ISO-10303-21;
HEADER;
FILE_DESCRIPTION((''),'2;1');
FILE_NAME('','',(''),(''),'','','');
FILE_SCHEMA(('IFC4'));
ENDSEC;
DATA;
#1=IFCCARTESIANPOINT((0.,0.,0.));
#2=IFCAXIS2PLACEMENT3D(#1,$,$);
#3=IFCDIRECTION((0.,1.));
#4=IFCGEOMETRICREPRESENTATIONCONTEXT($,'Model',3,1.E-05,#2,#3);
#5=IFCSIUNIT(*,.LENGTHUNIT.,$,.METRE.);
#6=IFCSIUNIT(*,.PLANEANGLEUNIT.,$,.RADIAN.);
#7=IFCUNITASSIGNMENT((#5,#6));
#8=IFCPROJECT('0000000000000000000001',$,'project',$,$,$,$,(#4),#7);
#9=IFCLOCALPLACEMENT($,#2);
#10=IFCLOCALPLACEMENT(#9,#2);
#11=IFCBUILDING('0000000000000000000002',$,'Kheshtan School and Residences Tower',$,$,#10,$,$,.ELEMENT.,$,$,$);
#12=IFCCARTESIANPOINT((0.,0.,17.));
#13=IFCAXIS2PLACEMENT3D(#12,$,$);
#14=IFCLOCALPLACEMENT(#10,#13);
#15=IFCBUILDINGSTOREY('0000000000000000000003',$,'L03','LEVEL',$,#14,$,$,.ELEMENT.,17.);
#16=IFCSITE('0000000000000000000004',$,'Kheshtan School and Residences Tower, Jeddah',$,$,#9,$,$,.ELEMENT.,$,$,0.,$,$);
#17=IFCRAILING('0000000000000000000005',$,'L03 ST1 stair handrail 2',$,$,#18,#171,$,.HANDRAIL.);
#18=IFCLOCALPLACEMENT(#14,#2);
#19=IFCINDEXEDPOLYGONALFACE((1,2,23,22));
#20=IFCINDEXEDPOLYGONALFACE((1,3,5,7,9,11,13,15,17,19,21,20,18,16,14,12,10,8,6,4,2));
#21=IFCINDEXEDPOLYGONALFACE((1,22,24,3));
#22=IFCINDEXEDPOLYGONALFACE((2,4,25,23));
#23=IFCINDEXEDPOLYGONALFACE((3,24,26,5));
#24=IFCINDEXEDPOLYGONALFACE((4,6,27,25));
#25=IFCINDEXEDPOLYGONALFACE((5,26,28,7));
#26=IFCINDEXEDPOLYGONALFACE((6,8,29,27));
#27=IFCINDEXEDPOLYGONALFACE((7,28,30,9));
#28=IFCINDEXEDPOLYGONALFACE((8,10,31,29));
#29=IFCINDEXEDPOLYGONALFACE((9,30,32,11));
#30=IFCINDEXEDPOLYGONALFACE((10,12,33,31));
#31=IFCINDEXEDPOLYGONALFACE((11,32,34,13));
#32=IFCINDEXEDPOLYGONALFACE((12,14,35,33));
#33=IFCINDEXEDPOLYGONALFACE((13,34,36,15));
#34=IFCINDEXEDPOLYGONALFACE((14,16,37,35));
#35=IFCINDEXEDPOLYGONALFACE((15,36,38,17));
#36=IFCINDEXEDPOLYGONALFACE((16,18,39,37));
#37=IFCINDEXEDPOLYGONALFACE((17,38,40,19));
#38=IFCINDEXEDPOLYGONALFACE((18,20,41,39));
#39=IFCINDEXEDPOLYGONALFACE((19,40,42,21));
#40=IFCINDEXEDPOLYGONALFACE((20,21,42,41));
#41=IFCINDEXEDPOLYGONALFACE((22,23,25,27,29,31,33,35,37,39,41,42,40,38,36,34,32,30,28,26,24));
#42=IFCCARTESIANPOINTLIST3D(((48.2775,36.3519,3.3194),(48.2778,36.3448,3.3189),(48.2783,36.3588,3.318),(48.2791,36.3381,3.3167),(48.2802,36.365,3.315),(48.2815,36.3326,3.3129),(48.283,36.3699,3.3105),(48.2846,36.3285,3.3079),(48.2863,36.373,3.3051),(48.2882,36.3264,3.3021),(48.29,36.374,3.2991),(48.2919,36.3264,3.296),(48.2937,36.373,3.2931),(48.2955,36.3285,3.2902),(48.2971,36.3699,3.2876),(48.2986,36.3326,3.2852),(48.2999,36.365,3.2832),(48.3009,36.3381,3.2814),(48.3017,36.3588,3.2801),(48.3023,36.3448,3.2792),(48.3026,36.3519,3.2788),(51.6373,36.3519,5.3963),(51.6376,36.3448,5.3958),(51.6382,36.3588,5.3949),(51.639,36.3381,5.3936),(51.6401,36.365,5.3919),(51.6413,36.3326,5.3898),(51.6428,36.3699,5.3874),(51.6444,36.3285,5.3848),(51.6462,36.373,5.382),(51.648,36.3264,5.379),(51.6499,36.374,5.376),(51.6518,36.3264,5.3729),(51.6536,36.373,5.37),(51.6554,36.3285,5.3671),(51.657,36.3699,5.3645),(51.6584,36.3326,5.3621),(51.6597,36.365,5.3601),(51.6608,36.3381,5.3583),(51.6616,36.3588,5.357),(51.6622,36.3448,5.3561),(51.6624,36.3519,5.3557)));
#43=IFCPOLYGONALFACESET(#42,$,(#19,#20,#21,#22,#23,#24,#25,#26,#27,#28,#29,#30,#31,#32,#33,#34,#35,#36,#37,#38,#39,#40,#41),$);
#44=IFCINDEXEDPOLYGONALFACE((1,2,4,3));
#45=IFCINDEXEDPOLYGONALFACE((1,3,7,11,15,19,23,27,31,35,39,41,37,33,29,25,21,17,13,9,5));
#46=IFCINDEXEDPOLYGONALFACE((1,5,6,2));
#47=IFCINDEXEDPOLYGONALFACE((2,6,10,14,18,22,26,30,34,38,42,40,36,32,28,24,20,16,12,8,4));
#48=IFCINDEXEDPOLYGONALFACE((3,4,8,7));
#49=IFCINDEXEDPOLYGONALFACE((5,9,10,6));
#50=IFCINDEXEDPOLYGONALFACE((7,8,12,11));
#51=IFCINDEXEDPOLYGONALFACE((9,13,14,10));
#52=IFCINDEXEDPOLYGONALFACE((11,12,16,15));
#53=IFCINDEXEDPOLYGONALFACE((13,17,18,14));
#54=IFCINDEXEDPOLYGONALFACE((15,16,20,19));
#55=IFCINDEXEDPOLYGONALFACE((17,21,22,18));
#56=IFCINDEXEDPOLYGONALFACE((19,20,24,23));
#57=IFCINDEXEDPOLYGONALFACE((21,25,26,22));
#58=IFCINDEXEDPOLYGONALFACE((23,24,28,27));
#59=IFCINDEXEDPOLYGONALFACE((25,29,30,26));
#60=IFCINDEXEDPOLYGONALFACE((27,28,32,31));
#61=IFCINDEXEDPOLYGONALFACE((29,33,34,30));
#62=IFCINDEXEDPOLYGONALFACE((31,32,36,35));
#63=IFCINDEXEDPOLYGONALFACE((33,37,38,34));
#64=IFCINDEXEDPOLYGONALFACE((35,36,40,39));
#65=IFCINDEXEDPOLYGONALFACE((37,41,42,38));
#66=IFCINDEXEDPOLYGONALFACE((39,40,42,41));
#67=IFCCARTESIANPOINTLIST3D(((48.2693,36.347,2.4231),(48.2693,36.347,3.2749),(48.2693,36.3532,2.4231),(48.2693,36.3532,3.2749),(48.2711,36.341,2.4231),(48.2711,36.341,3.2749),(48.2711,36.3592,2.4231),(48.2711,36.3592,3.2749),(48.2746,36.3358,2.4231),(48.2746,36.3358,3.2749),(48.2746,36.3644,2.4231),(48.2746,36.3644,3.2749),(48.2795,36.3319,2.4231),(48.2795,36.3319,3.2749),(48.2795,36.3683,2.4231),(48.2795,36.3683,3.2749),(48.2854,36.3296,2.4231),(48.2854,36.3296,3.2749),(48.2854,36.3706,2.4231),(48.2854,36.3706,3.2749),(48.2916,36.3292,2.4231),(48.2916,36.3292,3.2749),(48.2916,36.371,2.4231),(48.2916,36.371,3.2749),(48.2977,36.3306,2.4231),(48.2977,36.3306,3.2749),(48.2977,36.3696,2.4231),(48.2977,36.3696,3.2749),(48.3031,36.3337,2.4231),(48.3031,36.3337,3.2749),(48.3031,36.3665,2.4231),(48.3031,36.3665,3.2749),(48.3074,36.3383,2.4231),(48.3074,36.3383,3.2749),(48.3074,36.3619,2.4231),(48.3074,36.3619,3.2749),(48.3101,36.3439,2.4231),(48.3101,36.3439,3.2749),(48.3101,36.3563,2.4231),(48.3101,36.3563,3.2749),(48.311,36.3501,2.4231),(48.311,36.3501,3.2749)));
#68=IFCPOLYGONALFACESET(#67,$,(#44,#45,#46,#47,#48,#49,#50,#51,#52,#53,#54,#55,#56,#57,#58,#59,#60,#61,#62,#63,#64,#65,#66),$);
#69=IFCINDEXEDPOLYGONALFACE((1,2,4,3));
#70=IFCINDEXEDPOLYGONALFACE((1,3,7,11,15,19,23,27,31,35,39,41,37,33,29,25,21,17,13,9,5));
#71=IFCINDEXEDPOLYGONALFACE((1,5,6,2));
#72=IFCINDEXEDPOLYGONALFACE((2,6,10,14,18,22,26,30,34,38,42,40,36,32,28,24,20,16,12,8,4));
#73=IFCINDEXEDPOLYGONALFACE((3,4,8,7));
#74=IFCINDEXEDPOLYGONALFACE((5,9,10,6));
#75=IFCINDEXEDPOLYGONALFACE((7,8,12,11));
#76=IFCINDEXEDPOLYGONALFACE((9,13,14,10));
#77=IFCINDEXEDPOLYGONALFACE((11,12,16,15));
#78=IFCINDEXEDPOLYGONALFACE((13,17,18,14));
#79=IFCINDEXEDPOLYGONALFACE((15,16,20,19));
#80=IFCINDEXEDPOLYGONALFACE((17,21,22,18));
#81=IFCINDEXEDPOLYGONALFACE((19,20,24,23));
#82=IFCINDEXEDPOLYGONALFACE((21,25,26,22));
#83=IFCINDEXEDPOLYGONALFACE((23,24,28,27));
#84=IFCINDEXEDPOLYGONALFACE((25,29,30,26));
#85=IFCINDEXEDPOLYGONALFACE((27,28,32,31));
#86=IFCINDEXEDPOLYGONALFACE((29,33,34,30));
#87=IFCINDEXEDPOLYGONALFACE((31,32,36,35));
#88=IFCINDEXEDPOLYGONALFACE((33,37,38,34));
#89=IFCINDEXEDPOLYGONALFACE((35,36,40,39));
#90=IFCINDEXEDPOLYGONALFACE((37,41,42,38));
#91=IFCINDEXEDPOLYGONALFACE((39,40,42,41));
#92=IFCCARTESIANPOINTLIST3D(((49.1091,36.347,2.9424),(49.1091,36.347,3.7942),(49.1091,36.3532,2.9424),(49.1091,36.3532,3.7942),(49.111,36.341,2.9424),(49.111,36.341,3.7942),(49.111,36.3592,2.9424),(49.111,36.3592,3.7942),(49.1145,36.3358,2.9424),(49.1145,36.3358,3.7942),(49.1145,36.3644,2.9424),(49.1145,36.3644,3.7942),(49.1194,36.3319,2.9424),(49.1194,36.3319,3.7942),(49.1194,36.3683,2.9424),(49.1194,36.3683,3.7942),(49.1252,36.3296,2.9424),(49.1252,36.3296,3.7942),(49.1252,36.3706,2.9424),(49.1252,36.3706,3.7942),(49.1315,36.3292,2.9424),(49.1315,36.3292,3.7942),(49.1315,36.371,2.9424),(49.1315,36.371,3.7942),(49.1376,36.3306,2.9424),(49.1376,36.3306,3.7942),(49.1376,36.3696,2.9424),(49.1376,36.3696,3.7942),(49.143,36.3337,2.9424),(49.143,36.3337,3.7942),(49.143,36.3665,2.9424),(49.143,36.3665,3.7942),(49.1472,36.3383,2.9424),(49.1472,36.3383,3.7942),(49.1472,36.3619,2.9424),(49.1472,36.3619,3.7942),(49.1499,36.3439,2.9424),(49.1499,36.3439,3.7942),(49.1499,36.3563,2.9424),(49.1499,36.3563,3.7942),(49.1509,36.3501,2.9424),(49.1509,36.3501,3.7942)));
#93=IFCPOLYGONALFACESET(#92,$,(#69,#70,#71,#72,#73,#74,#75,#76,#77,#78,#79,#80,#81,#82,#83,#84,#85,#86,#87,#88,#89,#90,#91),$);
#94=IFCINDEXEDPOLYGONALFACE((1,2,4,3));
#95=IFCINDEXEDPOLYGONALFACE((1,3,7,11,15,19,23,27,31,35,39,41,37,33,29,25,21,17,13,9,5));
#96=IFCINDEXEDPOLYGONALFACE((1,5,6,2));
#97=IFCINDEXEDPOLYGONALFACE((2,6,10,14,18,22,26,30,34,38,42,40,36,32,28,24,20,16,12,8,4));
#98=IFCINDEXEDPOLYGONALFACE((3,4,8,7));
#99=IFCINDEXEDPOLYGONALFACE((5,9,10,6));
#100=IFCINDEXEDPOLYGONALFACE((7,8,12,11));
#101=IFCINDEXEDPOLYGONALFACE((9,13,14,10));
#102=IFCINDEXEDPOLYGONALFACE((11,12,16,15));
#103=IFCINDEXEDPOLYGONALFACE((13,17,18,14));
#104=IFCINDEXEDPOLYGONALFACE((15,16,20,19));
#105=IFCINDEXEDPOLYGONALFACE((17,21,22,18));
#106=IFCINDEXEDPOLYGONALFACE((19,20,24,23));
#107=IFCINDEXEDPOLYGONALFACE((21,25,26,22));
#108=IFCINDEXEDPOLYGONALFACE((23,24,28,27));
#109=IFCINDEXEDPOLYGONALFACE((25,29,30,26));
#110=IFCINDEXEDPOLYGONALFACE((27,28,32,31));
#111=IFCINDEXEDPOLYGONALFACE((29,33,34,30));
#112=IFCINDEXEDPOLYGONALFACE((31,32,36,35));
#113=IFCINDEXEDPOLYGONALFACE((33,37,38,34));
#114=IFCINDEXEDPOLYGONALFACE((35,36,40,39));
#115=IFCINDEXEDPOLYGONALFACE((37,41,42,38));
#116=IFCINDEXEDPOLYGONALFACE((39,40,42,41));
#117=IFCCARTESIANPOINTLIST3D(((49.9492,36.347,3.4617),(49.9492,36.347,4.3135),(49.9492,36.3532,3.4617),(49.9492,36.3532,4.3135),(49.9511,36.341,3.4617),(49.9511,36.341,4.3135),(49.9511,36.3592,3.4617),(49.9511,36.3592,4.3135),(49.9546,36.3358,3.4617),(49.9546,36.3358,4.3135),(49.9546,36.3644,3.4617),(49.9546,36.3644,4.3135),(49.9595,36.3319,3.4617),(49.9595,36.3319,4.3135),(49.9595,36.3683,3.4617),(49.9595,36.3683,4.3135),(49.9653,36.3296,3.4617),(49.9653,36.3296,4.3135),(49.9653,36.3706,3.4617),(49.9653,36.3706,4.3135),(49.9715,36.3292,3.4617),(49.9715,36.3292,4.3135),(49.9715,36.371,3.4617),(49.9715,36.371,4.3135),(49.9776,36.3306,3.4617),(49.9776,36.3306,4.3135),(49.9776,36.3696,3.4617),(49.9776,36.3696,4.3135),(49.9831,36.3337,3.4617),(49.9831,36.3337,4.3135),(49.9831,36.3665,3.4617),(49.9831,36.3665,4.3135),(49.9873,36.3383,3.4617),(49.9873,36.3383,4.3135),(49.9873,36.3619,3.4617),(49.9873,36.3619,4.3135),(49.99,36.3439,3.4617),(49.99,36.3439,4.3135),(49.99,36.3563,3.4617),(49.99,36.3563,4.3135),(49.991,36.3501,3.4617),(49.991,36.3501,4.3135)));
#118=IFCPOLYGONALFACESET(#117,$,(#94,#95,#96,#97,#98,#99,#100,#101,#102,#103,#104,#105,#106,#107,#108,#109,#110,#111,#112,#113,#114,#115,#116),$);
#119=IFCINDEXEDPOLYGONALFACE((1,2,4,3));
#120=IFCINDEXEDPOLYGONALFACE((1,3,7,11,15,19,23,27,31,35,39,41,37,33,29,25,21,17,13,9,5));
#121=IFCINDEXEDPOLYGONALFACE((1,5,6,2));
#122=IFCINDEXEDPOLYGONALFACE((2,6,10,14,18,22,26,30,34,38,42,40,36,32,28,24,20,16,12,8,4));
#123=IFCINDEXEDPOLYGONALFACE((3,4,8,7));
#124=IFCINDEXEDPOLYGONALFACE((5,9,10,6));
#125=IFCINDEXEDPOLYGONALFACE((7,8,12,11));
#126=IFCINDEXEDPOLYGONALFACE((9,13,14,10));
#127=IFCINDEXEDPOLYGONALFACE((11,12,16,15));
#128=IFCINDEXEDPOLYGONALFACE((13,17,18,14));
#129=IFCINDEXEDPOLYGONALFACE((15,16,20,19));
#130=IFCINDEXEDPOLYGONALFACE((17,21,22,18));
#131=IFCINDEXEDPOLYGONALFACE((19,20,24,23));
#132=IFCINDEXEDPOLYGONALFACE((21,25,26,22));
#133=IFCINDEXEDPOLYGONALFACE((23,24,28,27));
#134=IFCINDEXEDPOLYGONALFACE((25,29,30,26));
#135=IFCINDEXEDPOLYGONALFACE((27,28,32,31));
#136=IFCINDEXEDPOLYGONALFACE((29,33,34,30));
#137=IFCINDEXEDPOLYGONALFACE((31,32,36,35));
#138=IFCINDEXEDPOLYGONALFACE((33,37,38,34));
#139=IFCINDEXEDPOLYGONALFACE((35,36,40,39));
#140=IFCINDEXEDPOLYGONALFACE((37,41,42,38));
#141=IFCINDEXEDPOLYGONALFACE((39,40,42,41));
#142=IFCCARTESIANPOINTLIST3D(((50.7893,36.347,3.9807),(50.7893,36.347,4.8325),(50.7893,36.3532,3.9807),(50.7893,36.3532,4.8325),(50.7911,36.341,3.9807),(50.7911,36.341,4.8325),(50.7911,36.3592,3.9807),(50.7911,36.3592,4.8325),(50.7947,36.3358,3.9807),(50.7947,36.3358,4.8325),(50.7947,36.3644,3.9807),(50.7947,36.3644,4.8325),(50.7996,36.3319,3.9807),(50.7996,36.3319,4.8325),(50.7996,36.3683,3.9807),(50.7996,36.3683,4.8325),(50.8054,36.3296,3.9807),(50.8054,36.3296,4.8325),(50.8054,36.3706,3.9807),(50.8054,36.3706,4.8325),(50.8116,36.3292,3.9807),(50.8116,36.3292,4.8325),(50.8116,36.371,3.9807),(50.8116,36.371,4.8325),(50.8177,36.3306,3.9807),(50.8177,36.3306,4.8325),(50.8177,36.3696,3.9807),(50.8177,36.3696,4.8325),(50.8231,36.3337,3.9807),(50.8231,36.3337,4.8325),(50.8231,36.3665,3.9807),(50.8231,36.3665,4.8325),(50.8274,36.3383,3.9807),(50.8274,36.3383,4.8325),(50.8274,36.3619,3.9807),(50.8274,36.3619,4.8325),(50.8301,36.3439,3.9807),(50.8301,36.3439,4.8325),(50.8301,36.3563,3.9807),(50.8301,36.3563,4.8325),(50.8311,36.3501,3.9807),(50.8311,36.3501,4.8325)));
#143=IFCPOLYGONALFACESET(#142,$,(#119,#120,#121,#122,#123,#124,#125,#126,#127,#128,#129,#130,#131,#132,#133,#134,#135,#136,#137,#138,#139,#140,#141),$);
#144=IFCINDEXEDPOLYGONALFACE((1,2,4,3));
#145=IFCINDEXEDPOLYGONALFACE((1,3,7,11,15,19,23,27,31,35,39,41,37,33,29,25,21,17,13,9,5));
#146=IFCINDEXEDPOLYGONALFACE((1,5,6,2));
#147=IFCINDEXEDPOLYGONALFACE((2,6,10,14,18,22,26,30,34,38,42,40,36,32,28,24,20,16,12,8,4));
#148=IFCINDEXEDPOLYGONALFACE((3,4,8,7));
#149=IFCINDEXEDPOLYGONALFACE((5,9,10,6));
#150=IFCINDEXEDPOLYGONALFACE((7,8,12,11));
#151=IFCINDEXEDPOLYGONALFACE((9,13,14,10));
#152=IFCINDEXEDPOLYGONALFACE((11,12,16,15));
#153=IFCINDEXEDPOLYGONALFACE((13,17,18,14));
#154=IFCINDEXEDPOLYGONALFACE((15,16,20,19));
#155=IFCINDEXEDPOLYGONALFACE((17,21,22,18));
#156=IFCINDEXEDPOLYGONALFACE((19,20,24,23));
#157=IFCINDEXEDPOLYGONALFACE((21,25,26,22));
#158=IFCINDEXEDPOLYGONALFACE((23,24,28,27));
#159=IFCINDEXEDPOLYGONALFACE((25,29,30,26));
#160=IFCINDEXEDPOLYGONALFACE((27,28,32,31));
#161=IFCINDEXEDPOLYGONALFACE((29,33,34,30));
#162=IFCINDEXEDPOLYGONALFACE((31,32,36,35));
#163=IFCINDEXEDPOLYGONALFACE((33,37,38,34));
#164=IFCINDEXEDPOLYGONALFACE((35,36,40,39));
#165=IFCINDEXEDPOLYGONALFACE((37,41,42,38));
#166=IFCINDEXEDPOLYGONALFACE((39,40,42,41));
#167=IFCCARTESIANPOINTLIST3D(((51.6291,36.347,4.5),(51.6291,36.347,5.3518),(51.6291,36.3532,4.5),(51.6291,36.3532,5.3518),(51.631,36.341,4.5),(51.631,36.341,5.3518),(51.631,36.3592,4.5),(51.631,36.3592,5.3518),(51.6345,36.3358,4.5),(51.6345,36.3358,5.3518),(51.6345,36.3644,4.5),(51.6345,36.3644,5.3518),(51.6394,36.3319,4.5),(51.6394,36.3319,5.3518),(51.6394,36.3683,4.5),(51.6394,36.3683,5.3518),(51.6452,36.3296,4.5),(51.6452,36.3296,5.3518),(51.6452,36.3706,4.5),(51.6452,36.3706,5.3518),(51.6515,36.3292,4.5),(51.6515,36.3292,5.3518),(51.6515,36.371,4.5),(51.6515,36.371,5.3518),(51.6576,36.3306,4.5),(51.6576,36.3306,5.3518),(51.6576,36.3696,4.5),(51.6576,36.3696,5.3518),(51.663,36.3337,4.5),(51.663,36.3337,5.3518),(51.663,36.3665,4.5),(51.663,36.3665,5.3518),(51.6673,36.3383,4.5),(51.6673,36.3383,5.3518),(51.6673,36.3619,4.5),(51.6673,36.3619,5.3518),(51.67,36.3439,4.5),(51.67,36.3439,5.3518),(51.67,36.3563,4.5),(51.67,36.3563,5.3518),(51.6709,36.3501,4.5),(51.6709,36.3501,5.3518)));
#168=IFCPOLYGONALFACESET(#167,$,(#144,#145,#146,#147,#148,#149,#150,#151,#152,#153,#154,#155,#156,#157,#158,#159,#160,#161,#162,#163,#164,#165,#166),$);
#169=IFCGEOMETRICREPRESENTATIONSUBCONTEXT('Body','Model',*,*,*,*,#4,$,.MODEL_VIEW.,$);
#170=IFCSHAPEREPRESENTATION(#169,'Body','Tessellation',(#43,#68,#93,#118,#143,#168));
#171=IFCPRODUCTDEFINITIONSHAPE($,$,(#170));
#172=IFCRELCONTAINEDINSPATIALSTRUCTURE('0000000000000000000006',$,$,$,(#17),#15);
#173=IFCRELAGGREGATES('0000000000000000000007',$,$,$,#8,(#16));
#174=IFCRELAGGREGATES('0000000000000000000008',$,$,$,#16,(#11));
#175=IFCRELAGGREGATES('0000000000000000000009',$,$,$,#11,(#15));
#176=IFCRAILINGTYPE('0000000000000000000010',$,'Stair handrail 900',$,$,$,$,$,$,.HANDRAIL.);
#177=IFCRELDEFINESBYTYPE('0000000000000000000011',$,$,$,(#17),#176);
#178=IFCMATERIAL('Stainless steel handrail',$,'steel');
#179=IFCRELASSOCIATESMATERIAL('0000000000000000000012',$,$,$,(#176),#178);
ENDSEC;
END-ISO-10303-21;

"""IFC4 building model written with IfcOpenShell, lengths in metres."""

from ifc_helpers import new_model, si_unit, direction, frame, origin, origin_2d, place, context, subcontext, project, spatial, circle, extrude, material, type_object, element, save


model = new_model("IFC4")

# Units and contexts
model_context = context("Model", 3, precision=1e-05, world=origin(), true_north=direction((0.0, 1.0)))
body_context = subcontext(model_context, "Body", "Model", "MODEL_VIEW")
ifc_project = project(units=[si_unit("LENGTHUNIT", "METRE"), si_unit("PLANEANGLEUNIT", "RADIAN")], contexts=[model_context])

# Site, building, storey
site_placement = place(None, origin())
site = spatial("IfcSite", under=ifc_project, at=site_placement, Name="Kheshtan School and Residences Tower, Jeddah", CompositionType="ELEMENT", RefElevation=0.0)
building_placement = place(site_placement, origin())
building = spatial("IfcBuilding", under=site, at=building_placement, Name="Kheshtan School and Residences Tower", CompositionType="ELEMENT")
storey_placement = place(building_placement, frame((0.0, 0.0, 17.0)))
storey = spatial("IfcBuildingStorey", under=building, at=storey_placement, Name="L03", Description="LEVEL", CompositionType="ELEMENT", Elevation=17.0)

# Railing
ifc_material_1 = material(Name="Stainless steel handrail", Category="steel")
railing_type_1 = type_object("IfcRailingType", Name="Stair handrail 900", PredefinedType="HANDRAIL", material=ifc_material_1)
railing_1_placement = place(storey_placement, frame((48.29, 36.3501, 2.4231)))
element("IfcRailing", 1, at=railing_1_placement, inside=storey, type_object=railing_type_1, Name="L03 ST1 stair handrail 2", PredefinedType="HANDRAIL", context=body_context, shape_type="SweptSolid", body=[
    extrude(circle(Radius=0.0239, at=origin_2d()), frame((0.0, 0.0, 0.876), z_axis=(0.850606, 0.0, 0.525803), x_axis=(0.0, 1.0, 0.0)), (0.0, 0.0, 1.0), 3.95),
    extrude(circle(Radius=0.021, at=origin_2d()), origin(), (0.0, 0.0, 1.0), 0.8518),
    extrude(circle(Radius=0.021, at=origin_2d()), frame((0.8398, 0.0, 0.5193)), (0.0, 0.0, 1.0), 0.8518),
    extrude(circle(Radius=0.021, at=origin_2d()), frame((1.6799, 0.0, 1.0386)), (0.0, 0.0, 1.0), 0.8518),
    extrude(circle(Radius=0.021, at=origin_2d()), frame((2.52, 0.0, 1.5576)), (0.0, 0.0, 1.0), 0.8518),
    extrude(circle(Radius=0.021, at=origin_2d()), frame((3.3599, 0.0, 2.0769)), (0.0, 0.0, 1.0), 0.8518),
])

save(model, "model.ifc")
